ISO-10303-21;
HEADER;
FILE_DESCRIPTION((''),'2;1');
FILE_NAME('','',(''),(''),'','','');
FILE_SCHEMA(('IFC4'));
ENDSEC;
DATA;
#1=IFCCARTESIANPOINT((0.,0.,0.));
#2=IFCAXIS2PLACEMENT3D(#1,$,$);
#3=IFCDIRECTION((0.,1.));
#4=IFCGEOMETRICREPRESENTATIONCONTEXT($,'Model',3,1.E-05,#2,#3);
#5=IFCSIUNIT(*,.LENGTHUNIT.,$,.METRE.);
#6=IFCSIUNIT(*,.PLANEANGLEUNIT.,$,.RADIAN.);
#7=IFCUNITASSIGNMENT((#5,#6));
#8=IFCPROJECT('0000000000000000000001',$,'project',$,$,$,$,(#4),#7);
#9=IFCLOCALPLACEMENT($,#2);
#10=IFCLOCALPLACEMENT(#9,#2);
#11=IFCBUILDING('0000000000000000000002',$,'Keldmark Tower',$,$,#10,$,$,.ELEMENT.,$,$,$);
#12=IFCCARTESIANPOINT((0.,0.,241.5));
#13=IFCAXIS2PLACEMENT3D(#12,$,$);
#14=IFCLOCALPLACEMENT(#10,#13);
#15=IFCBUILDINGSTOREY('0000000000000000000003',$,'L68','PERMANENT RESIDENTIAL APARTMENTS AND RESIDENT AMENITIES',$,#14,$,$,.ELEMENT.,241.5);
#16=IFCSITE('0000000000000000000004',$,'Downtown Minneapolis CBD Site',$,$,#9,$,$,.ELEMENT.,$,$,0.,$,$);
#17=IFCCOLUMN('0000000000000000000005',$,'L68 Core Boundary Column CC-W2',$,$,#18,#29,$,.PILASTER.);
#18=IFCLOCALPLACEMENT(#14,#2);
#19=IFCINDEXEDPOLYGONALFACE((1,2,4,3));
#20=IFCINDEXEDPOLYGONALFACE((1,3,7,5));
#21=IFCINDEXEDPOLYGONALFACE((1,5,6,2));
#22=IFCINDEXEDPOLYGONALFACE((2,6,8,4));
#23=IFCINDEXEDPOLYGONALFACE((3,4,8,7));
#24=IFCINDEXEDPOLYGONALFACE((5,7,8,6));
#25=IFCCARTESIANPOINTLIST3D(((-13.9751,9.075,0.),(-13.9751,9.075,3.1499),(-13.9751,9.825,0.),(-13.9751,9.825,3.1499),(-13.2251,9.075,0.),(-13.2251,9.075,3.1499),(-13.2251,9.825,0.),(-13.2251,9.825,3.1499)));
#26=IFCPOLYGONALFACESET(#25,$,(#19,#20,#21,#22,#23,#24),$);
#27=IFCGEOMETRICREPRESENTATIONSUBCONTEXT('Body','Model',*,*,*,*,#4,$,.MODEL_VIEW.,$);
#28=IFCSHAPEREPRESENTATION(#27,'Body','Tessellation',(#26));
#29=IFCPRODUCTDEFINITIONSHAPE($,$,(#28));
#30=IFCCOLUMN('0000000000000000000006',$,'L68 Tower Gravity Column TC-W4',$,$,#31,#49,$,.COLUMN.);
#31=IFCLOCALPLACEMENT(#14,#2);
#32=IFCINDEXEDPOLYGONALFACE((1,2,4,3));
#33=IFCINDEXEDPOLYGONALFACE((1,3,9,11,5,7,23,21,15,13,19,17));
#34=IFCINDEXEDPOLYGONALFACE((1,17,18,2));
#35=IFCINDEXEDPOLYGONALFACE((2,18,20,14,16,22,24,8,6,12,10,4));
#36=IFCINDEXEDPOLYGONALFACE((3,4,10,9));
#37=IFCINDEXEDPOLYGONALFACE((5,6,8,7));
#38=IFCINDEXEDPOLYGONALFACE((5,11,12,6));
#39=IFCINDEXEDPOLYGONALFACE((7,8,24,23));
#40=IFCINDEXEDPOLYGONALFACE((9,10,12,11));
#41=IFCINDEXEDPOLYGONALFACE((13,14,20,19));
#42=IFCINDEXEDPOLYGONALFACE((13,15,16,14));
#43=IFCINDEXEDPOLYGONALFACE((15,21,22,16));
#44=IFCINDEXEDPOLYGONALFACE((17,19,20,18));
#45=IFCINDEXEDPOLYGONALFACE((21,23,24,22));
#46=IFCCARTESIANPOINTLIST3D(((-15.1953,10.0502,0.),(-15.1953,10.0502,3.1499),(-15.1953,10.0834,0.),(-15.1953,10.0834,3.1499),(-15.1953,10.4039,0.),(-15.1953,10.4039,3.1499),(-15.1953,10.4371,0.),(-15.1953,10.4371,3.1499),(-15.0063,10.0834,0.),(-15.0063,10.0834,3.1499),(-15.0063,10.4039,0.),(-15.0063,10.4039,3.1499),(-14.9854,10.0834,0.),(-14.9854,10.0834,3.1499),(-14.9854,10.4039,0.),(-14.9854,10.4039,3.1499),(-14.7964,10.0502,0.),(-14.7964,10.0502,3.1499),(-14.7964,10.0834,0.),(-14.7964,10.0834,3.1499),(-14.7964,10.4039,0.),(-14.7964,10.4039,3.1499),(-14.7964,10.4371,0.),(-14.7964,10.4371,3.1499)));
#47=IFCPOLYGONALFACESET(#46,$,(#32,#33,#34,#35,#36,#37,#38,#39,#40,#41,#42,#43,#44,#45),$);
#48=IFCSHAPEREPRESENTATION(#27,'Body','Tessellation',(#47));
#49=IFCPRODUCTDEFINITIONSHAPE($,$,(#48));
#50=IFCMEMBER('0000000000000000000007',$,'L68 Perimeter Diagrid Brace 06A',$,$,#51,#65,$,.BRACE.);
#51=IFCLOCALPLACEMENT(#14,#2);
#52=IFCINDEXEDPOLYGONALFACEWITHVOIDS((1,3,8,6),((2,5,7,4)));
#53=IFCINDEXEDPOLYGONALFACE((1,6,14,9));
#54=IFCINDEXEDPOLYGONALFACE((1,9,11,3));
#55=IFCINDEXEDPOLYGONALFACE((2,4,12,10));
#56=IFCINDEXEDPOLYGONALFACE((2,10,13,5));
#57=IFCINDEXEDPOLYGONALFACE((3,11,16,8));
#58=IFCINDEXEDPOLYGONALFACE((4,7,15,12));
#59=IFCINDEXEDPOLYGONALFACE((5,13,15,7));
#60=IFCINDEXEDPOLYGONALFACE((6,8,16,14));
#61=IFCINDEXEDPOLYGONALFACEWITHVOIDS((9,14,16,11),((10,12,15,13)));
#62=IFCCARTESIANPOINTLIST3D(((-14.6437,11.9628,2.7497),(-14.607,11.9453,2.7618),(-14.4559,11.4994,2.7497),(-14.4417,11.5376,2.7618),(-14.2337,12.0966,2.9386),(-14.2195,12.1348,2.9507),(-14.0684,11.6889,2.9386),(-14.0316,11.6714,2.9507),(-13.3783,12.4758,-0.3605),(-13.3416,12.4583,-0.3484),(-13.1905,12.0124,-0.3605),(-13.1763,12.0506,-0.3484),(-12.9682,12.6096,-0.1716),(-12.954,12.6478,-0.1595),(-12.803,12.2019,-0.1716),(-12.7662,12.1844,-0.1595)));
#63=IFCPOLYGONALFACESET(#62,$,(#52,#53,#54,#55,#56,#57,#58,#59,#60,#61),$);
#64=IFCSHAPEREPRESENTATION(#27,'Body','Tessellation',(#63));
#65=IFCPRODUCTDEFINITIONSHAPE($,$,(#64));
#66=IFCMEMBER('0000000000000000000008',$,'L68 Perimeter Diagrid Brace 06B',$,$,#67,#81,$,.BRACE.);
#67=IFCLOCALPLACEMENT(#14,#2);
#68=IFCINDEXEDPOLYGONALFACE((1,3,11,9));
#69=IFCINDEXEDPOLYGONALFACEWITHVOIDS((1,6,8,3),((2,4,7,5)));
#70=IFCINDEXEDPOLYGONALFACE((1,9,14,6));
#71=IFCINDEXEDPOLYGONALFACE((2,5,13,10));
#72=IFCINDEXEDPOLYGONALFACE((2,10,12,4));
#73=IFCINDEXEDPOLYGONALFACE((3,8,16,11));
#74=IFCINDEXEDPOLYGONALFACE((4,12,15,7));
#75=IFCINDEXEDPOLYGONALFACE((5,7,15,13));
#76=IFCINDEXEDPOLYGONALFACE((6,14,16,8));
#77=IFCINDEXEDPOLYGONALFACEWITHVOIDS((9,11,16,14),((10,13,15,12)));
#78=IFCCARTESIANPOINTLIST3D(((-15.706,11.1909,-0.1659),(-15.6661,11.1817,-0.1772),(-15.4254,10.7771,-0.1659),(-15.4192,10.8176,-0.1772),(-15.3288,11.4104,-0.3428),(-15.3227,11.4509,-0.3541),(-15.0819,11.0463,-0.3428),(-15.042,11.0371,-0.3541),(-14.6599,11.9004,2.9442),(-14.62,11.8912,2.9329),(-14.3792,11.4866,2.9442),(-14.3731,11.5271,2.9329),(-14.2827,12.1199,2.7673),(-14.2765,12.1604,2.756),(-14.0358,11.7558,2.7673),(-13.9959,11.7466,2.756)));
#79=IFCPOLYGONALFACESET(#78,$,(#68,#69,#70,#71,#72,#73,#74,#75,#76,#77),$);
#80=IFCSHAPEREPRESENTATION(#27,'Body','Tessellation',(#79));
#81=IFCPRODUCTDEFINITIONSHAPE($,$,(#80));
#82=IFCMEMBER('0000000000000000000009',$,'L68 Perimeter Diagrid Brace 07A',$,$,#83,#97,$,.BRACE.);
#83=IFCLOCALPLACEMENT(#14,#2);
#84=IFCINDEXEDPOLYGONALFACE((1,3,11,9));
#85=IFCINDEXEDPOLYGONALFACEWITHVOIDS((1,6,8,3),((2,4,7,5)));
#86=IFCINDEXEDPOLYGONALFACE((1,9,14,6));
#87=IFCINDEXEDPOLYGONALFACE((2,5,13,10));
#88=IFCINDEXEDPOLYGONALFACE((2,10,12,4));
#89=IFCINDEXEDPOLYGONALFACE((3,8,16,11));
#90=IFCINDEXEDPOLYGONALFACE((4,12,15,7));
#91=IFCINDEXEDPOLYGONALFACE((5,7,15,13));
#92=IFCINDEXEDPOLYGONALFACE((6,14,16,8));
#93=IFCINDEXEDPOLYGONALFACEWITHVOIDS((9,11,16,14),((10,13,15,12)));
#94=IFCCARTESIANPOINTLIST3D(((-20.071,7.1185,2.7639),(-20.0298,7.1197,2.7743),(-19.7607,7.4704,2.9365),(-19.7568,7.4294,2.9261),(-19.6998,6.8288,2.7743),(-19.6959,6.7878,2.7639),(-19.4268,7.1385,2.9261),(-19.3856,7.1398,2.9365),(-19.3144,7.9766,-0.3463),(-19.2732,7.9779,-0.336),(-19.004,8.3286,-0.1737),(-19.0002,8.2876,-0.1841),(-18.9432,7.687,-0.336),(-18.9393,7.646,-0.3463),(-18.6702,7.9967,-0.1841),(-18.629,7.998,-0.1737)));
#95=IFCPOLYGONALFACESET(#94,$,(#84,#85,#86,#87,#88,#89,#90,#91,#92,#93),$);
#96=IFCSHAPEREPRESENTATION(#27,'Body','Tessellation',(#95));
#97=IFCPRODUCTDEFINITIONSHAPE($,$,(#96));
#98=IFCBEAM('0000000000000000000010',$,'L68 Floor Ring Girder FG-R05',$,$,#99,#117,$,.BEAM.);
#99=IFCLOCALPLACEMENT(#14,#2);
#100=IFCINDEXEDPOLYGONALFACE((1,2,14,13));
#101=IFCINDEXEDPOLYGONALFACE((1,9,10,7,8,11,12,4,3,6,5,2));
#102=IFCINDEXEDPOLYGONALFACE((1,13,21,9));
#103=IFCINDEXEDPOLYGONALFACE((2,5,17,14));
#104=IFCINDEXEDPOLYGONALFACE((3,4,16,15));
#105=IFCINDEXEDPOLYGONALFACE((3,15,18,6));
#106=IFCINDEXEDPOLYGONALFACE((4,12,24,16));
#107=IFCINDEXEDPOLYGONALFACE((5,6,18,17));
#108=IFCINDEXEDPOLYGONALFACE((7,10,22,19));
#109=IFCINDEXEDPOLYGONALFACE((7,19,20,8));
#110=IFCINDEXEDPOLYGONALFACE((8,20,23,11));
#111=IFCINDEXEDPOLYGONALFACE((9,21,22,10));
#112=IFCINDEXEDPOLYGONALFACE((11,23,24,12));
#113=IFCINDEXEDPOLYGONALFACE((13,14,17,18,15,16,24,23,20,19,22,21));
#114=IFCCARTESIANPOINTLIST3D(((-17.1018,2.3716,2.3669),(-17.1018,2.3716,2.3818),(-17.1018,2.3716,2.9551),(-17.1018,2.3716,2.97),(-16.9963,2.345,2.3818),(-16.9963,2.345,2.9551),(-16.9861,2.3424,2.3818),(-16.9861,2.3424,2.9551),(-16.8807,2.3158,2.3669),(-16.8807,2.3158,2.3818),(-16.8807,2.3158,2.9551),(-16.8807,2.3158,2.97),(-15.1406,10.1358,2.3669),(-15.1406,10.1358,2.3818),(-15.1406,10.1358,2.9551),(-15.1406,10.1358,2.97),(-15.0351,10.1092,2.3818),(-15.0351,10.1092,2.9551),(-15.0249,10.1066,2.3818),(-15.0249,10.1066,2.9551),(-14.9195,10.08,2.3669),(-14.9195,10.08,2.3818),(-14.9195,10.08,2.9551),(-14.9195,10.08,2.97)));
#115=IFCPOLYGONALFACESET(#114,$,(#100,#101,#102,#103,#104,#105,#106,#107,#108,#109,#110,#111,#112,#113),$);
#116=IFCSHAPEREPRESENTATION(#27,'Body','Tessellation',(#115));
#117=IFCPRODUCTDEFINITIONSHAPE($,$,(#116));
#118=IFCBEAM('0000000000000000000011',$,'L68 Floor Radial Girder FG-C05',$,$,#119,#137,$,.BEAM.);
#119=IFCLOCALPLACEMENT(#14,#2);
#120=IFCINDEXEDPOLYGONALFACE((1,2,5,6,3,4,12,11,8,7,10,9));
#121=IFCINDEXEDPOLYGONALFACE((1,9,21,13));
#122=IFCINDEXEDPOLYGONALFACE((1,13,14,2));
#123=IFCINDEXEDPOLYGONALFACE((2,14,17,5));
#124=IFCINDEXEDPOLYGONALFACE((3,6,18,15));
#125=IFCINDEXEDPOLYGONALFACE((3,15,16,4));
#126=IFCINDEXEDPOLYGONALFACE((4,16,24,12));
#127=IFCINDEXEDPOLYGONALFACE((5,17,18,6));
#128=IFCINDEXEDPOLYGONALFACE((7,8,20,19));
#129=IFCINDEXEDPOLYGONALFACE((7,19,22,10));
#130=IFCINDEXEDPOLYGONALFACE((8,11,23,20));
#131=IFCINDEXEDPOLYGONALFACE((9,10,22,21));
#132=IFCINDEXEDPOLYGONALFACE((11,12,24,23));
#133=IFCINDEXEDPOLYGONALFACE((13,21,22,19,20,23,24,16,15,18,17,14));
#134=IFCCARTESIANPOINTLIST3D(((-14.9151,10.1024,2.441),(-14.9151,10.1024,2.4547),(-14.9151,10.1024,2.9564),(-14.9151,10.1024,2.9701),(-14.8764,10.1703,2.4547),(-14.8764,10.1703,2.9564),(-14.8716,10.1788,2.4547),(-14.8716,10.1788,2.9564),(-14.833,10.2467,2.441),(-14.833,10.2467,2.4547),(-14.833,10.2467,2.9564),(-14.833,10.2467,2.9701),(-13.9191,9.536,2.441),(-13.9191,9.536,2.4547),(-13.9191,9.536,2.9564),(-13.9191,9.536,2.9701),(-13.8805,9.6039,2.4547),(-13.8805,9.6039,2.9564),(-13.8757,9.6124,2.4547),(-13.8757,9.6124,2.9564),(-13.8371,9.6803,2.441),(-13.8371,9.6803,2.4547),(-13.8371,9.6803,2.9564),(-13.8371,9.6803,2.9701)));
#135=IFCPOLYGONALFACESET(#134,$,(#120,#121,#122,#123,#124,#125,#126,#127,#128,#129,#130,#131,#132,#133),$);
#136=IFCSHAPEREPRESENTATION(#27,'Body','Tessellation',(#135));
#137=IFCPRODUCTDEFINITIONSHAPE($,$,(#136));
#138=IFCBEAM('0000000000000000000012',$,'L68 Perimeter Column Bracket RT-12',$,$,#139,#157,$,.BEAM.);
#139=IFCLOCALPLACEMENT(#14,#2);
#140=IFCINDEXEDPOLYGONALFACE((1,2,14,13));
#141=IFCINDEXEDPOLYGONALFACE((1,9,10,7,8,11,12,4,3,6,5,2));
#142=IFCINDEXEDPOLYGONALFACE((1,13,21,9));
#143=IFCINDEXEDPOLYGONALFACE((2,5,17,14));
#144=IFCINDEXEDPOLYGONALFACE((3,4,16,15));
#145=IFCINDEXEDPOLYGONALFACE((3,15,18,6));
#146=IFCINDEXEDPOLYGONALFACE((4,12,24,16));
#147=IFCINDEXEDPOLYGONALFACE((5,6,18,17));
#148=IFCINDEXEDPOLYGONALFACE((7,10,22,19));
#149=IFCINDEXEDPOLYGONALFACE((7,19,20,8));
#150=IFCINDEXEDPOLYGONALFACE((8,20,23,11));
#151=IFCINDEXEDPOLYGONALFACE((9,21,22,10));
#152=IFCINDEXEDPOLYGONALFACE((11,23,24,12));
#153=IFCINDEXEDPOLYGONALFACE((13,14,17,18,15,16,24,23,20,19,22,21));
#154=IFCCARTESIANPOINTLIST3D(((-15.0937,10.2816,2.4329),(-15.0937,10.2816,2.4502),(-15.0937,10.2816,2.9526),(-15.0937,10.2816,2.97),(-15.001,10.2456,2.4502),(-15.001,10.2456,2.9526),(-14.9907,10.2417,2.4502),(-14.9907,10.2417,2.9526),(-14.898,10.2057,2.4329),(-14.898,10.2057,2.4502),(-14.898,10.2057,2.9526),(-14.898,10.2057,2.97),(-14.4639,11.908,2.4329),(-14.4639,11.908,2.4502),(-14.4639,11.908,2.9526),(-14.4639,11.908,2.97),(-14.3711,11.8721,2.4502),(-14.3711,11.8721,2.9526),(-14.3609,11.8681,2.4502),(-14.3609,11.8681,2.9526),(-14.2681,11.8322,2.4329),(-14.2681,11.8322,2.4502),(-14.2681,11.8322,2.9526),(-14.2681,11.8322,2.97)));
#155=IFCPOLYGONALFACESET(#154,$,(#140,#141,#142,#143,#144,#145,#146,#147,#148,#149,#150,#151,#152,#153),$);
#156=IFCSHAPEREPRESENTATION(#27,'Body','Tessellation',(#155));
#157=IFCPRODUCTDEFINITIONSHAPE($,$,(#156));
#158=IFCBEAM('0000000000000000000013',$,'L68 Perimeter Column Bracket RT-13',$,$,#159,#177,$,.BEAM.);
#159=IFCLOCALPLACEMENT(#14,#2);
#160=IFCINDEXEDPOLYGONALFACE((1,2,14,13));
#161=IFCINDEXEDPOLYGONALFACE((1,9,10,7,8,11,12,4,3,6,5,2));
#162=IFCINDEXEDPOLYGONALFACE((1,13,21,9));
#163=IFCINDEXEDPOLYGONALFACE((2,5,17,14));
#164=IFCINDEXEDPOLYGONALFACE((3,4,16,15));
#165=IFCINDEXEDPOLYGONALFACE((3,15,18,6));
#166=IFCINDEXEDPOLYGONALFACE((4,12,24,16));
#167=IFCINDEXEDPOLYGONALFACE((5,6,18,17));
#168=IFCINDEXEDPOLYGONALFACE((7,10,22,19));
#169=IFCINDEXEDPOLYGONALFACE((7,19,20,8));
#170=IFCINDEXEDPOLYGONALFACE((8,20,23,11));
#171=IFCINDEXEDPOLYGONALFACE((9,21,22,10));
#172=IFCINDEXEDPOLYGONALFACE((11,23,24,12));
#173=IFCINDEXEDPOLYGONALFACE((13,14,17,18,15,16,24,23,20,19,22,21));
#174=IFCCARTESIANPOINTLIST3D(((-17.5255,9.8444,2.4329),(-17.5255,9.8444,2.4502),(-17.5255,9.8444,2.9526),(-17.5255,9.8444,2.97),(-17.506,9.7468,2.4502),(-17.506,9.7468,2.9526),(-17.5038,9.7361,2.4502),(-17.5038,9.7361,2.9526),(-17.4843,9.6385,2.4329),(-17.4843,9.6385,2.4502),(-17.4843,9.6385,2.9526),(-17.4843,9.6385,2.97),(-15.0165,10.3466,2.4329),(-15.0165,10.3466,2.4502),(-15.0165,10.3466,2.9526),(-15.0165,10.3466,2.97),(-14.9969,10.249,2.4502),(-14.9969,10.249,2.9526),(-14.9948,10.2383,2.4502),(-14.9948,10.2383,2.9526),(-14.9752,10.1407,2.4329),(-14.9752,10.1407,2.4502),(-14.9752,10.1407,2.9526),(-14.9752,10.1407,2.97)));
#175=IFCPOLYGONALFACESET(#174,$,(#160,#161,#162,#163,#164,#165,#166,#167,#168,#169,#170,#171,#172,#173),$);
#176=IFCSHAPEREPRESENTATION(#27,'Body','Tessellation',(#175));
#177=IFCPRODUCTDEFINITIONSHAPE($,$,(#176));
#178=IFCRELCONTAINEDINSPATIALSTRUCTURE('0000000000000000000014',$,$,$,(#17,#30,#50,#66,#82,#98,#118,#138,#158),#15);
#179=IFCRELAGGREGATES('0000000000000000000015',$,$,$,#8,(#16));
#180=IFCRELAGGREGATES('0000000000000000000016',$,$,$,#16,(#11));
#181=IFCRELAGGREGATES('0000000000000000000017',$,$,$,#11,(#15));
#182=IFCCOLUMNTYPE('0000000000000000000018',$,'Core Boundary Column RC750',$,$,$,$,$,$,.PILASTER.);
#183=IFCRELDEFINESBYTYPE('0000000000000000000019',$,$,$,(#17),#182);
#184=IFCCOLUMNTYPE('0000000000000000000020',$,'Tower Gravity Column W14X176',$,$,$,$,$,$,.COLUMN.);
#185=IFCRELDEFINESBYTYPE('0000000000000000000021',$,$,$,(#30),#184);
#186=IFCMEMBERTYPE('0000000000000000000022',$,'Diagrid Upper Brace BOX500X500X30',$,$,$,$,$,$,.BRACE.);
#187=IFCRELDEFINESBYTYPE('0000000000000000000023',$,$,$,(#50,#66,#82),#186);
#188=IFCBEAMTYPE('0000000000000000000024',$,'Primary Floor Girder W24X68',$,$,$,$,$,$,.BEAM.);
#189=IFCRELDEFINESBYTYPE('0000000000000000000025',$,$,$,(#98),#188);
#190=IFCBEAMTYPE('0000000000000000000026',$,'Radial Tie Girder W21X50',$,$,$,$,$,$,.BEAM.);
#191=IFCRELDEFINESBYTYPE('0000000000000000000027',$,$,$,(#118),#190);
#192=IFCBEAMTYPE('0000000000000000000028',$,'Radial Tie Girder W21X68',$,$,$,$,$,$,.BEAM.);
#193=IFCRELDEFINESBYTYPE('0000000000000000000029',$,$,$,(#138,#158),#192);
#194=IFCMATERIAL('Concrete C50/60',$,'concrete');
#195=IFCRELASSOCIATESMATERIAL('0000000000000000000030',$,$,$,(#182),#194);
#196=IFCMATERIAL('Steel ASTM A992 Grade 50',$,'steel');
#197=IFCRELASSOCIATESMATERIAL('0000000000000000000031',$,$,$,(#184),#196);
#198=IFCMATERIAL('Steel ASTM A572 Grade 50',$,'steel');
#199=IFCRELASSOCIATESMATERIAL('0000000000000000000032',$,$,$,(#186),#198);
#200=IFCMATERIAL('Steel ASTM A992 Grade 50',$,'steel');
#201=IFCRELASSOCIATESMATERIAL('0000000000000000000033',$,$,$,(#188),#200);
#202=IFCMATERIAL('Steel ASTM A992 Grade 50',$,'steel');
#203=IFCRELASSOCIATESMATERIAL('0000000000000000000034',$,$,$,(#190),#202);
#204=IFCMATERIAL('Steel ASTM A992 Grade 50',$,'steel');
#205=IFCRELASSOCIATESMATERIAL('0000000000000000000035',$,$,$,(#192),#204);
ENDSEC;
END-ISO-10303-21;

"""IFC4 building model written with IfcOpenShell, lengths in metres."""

from ifc_helpers import new_model, si_unit, direction, frame, origin, origin_2d, place, context, subcontext, project, spatial, rectangle, hollow_rectangle, i_section, extrude, material, material_profile, profile_set, type_object, element, save


model = new_model("IFC4")

# Units and contexts
model_context = context("Model", 3, precision=1e-05, world=origin(), true_north=direction((0.0, 1.0)))
body_context = subcontext(model_context, "Body", "Model", "MODEL_VIEW")
ifc_project = project(units=[si_unit("LENGTHUNIT", "METRE"), si_unit("PLANEANGLEUNIT", "RADIAN")], contexts=[model_context])

# Site, building, storey
site_placement = place(None, origin())
site = spatial("IfcSite", under=ifc_project, at=site_placement, Name="Downtown Minneapolis CBD Site", CompositionType="ELEMENT", RefElevation=0.0)
building_placement = place(site_placement, origin())
building = spatial("IfcBuilding", under=site, at=building_placement, Name="Keldmark Tower", CompositionType="ELEMENT")
storey_placement = place(building_placement, frame((0.0, 0.0, 241.5)))
storey = spatial("IfcBuildingStorey", under=building, at=storey_placement, Name="L68", Description="PERMANENT RESIDENTIAL APARTMENTS AND RESIDENT AMENITIES", CompositionType="ELEMENT", Elevation=241.5)

# Columns
ifc_material_1 = material(Name="Concrete C50/60", Category="concrete")
ifc_material_profile_1 = material_profile(ifc_material_1, rectangle(XDim=0.75, YDim=0.75, at=origin_2d()), Name="RC750X750")
ifc_profile_set_1 = profile_set([ifc_material_profile_1], Name="Concrete C50/60")
column_type_1 = type_object("IfcColumnType", Name="Core Boundary Column RC750", PredefinedType="PILASTER", material=ifc_profile_set_1)
column_1_placement = place(storey_placement, frame((-13.6001, 9.45, 0.0), z_axis=(0.0, 0.0, 1.0), x_axis=(1.0, 0.0, 0.0)))
element("IfcColumn", 1, at=column_1_placement, inside=storey, type_object=column_type_1, Name="L68 Core Boundary Column CC-W2", PredefinedType="PILASTER", context=body_context, shape_type="SweptSolid", body=[
    extrude(rectangle(XDim=0.75, YDim=0.75, at=origin_2d()), origin(), (0.0, 0.0, 1.0), 3.1499),
])
ifc_material_2 = material(Name="Steel ASTM A992 Grade 50", Category="steel")
ifc_material_profile_2 = material_profile(ifc_material_2, i_section(OverallWidth=0.3989, OverallDepth=0.387, WebThickness=0.021, FlangeThickness=0.0332, at=origin_2d()), Name="W14X176")
ifc_profile_set_2 = profile_set([ifc_material_profile_2], Name="Steel ASTM A992 Grade 50")
column_type_2 = type_object("IfcColumnType", Name="Tower Gravity Column W14X176", PredefinedType="COLUMN", material=ifc_profile_set_2)
column_2_placement = place(storey_placement, frame((-14.9958, 10.2437, 0.0), z_axis=(0.0, 0.0, 1.0), x_axis=(1.0, 0.0, 0.0)))
element("IfcColumn", 2, at=column_2_placement, inside=storey, type_object=column_type_2, Name="L68 Tower Gravity Column TC-W4", PredefinedType="COLUMN", context=body_context, shape_type="SweptSolid", body=[
    extrude(i_section(OverallWidth=0.3989, OverallDepth=0.387, WebThickness=0.021, FlangeThickness=0.0332, at=origin_2d()), origin(), (0.0, 0.0, 1.0), 3.1499),
])

# Members
ifc_material_3 = material(Name="Steel ASTM A572 Grade 50", Category="steel")
ifc_material_profile_3 = material_profile(ifc_material_3, hollow_rectangle(XDim=0.5, YDim=0.5, WallThickness=0.03, at=origin_2d()), Name="BOX500X500X30")
ifc_profile_set_3 = profile_set([ifc_material_profile_3], Name="Steel ASTM A572 Grade 50")
member_type = type_object("IfcMemberType", Name="Diagrid Upper Brace BOX500X500X30", PredefinedType="BRACE", material=ifc_profile_set_3)
member_1_placement = place(storey_placement, frame((-13.0723, 12.3301, -0.26), z_axis=(-0.372541, -0.151014, 0.915646), x_axis=(0.375672, -0.926753, 0.0)))
element("IfcMember", 3, at=member_1_placement, inside=storey, type_object=member_type, Name="L68 Perimeter Diagrid Brace 06A", PredefinedType="BRACE", context=body_context, shape_type="SweptSolid", body=[
    extrude(hollow_rectangle(XDim=0.5, YDim=0.5, WallThickness=0.03, at=origin_2d()), origin(), (0.0, 0.0, 1.0), 3.3967),
])
member_2_placement = place(storey_placement, frame((-15.374, 11.114, -0.26), z_axis=(0.311615, 0.211331, 0.92641), x_axis=(-0.561279, 0.827626, 0.0)))
element("IfcMember", 4, at=member_2_placement, inside=storey, type_object=member_type, Name="L68 Perimeter Diagrid Brace 06B", PredefinedType="BRACE", context=body_context, shape_type="SweptSolid", body=[
    extrude(hollow_rectangle(XDim=0.5, YDim=0.5, WallThickness=0.03, at=origin_2d()), origin(), (0.0, 0.0, 1.0), 3.3572),
])
member_3_placement = place(storey_placement, frame((-18.9717, 7.9873, -0.26), z_axis=(-0.228312, -0.25896, 0.938517), x_axis=(0.750099, -0.661325, 0.0)))
element("IfcMember", 5, at=member_3_placement, inside=storey, type_object=member_type, Name="L68 Perimeter Diagrid Brace 07A", PredefinedType="BRACE", context=body_context, shape_type="SweptSolid", body=[
    extrude(hollow_rectangle(XDim=0.5, YDim=0.5, WallThickness=0.03, at=origin_2d()), origin(), (0.0, 0.0, 1.0), 3.314),
])

# Beams
ifc_material_4 = material(Name="Steel ASTM A992 Grade 50", Category="steel")
ifc_material_profile_4 = material_profile(ifc_material_4, i_section(OverallWidth=0.228, OverallDepth=0.603, WebThickness=0.0105, FlangeThickness=0.0149, at=origin_2d()), Name="W24X68")
ifc_profile_set_4 = profile_set([ifc_material_profile_4], Name="Steel ASTM A992 Grade 50")
beam_type_1 = type_object("IfcBeamType", Name="Primary Floor Girder W24X68", PredefinedType="BEAM", material=ifc_profile_set_4)
beam_1_placement = place(storey_placement, frame((-15.03, 10.1079, 2.6685), z_axis=(-0.244902, -0.969548, 0.0), x_axis=(0.969548, -0.244902, 0.0)))
element("IfcBeam", 6, at=beam_1_placement, inside=storey, type_object=beam_type_1, Name="L68 Floor Ring Girder FG-R05", PredefinedType="BEAM", context=body_context, shape_type="SweptSolid", body=[
    extrude(i_section(OverallWidth=0.228, OverallDepth=0.603, WebThickness=0.0105, FlangeThickness=0.0149, at=origin_2d()), origin(), (0.0, 0.0, 1.0), 8.0081),
])
ifc_material_5 = material(Name="Steel ASTM A992 Grade 50", Category="steel")
ifc_material_profile_5 = material_profile(ifc_material_5, i_section(OverallWidth=0.166, OverallDepth=0.5291, WebThickness=0.0098, FlangeThickness=0.0137, at=origin_2d()), Name="W21X50")
ifc_profile_set_5 = profile_set([ifc_material_profile_5], Name="Steel ASTM A992 Grade 50")
beam_type_2 = type_object("IfcBeamType", Name="Radial Tie Girder W21X50", PredefinedType="BEAM", material=ifc_profile_set_5)
beam_2_placement = place(storey_placement, frame((-14.874, 10.1746, 2.7056), z_axis=(0.869238, -0.494394, 0.0), x_axis=(0.494394, 0.869238, 0.0)))
element("IfcBeam", 7, at=beam_2_placement, inside=storey, type_object=beam_type_2, Name="L68 Floor Radial Girder FG-C05", PredefinedType="BEAM", context=body_context, shape_type="SweptSolid", body=[
    extrude(i_section(OverallWidth=0.166, OverallDepth=0.5291, WebThickness=0.0098, FlangeThickness=0.0137, at=origin_2d()), origin(), (0.0, 0.0, 1.0), 1.1458),
])
ifc_material_6 = material(Name="Steel ASTM A992 Grade 50", Category="steel")
ifc_material_profile_6 = material_profile(ifc_material_6, i_section(OverallWidth=0.21, OverallDepth=0.5371, WebThickness=0.011, FlangeThickness=0.0173, at=origin_2d()), Name="W21X68")
ifc_profile_set_6 = profile_set([ifc_material_profile_6], Name="Steel ASTM A992 Grade 50")
beam_type_3 = type_object("IfcBeamType", Name="Radial Tie Girder W21X68", PredefinedType="BEAM", material=ifc_profile_set_6)
beam_3_placement = place(storey_placement, frame((-14.9958, 10.2437, 2.7014), z_axis=(0.361135, 0.932513, 0.0), x_axis=(-0.932513, 0.361135, 0.0)))
element("IfcBeam", 8, at=beam_3_placement, inside=storey, type_object=beam_type_3, Name="L68 Perimeter Column Bracket RT-12", PredefinedType="BEAM", context=body_context, shape_type="SweptSolid", body=[
    extrude(i_section(OverallWidth=0.21, OverallDepth=0.5371, WebThickness=0.011, FlangeThickness=0.0173, at=origin_2d()), origin(), (0.0, 0.0, 1.0), 1.7441),
])
beam_4_placement = place(storey_placement, frame((-14.9958, 10.2437, 2.7014), z_axis=(-0.980551, -0.196263, 0.0), x_axis=(0.196263, -0.980551, 0.0)))
element("IfcBeam", 9, at=beam_4_placement, inside=storey, type_object=beam_type_3, Name="L68 Perimeter Column Bracket RT-13", PredefinedType="BEAM", context=body_context, shape_type="SweptSolid", body=[
    extrude(i_section(OverallWidth=0.21, OverallDepth=0.5371, WebThickness=0.011, FlangeThickness=0.0173, at=origin_2d()), origin(), (0.0, 0.0, 1.0), 2.5588),
])

save(model, "model.ifc")
